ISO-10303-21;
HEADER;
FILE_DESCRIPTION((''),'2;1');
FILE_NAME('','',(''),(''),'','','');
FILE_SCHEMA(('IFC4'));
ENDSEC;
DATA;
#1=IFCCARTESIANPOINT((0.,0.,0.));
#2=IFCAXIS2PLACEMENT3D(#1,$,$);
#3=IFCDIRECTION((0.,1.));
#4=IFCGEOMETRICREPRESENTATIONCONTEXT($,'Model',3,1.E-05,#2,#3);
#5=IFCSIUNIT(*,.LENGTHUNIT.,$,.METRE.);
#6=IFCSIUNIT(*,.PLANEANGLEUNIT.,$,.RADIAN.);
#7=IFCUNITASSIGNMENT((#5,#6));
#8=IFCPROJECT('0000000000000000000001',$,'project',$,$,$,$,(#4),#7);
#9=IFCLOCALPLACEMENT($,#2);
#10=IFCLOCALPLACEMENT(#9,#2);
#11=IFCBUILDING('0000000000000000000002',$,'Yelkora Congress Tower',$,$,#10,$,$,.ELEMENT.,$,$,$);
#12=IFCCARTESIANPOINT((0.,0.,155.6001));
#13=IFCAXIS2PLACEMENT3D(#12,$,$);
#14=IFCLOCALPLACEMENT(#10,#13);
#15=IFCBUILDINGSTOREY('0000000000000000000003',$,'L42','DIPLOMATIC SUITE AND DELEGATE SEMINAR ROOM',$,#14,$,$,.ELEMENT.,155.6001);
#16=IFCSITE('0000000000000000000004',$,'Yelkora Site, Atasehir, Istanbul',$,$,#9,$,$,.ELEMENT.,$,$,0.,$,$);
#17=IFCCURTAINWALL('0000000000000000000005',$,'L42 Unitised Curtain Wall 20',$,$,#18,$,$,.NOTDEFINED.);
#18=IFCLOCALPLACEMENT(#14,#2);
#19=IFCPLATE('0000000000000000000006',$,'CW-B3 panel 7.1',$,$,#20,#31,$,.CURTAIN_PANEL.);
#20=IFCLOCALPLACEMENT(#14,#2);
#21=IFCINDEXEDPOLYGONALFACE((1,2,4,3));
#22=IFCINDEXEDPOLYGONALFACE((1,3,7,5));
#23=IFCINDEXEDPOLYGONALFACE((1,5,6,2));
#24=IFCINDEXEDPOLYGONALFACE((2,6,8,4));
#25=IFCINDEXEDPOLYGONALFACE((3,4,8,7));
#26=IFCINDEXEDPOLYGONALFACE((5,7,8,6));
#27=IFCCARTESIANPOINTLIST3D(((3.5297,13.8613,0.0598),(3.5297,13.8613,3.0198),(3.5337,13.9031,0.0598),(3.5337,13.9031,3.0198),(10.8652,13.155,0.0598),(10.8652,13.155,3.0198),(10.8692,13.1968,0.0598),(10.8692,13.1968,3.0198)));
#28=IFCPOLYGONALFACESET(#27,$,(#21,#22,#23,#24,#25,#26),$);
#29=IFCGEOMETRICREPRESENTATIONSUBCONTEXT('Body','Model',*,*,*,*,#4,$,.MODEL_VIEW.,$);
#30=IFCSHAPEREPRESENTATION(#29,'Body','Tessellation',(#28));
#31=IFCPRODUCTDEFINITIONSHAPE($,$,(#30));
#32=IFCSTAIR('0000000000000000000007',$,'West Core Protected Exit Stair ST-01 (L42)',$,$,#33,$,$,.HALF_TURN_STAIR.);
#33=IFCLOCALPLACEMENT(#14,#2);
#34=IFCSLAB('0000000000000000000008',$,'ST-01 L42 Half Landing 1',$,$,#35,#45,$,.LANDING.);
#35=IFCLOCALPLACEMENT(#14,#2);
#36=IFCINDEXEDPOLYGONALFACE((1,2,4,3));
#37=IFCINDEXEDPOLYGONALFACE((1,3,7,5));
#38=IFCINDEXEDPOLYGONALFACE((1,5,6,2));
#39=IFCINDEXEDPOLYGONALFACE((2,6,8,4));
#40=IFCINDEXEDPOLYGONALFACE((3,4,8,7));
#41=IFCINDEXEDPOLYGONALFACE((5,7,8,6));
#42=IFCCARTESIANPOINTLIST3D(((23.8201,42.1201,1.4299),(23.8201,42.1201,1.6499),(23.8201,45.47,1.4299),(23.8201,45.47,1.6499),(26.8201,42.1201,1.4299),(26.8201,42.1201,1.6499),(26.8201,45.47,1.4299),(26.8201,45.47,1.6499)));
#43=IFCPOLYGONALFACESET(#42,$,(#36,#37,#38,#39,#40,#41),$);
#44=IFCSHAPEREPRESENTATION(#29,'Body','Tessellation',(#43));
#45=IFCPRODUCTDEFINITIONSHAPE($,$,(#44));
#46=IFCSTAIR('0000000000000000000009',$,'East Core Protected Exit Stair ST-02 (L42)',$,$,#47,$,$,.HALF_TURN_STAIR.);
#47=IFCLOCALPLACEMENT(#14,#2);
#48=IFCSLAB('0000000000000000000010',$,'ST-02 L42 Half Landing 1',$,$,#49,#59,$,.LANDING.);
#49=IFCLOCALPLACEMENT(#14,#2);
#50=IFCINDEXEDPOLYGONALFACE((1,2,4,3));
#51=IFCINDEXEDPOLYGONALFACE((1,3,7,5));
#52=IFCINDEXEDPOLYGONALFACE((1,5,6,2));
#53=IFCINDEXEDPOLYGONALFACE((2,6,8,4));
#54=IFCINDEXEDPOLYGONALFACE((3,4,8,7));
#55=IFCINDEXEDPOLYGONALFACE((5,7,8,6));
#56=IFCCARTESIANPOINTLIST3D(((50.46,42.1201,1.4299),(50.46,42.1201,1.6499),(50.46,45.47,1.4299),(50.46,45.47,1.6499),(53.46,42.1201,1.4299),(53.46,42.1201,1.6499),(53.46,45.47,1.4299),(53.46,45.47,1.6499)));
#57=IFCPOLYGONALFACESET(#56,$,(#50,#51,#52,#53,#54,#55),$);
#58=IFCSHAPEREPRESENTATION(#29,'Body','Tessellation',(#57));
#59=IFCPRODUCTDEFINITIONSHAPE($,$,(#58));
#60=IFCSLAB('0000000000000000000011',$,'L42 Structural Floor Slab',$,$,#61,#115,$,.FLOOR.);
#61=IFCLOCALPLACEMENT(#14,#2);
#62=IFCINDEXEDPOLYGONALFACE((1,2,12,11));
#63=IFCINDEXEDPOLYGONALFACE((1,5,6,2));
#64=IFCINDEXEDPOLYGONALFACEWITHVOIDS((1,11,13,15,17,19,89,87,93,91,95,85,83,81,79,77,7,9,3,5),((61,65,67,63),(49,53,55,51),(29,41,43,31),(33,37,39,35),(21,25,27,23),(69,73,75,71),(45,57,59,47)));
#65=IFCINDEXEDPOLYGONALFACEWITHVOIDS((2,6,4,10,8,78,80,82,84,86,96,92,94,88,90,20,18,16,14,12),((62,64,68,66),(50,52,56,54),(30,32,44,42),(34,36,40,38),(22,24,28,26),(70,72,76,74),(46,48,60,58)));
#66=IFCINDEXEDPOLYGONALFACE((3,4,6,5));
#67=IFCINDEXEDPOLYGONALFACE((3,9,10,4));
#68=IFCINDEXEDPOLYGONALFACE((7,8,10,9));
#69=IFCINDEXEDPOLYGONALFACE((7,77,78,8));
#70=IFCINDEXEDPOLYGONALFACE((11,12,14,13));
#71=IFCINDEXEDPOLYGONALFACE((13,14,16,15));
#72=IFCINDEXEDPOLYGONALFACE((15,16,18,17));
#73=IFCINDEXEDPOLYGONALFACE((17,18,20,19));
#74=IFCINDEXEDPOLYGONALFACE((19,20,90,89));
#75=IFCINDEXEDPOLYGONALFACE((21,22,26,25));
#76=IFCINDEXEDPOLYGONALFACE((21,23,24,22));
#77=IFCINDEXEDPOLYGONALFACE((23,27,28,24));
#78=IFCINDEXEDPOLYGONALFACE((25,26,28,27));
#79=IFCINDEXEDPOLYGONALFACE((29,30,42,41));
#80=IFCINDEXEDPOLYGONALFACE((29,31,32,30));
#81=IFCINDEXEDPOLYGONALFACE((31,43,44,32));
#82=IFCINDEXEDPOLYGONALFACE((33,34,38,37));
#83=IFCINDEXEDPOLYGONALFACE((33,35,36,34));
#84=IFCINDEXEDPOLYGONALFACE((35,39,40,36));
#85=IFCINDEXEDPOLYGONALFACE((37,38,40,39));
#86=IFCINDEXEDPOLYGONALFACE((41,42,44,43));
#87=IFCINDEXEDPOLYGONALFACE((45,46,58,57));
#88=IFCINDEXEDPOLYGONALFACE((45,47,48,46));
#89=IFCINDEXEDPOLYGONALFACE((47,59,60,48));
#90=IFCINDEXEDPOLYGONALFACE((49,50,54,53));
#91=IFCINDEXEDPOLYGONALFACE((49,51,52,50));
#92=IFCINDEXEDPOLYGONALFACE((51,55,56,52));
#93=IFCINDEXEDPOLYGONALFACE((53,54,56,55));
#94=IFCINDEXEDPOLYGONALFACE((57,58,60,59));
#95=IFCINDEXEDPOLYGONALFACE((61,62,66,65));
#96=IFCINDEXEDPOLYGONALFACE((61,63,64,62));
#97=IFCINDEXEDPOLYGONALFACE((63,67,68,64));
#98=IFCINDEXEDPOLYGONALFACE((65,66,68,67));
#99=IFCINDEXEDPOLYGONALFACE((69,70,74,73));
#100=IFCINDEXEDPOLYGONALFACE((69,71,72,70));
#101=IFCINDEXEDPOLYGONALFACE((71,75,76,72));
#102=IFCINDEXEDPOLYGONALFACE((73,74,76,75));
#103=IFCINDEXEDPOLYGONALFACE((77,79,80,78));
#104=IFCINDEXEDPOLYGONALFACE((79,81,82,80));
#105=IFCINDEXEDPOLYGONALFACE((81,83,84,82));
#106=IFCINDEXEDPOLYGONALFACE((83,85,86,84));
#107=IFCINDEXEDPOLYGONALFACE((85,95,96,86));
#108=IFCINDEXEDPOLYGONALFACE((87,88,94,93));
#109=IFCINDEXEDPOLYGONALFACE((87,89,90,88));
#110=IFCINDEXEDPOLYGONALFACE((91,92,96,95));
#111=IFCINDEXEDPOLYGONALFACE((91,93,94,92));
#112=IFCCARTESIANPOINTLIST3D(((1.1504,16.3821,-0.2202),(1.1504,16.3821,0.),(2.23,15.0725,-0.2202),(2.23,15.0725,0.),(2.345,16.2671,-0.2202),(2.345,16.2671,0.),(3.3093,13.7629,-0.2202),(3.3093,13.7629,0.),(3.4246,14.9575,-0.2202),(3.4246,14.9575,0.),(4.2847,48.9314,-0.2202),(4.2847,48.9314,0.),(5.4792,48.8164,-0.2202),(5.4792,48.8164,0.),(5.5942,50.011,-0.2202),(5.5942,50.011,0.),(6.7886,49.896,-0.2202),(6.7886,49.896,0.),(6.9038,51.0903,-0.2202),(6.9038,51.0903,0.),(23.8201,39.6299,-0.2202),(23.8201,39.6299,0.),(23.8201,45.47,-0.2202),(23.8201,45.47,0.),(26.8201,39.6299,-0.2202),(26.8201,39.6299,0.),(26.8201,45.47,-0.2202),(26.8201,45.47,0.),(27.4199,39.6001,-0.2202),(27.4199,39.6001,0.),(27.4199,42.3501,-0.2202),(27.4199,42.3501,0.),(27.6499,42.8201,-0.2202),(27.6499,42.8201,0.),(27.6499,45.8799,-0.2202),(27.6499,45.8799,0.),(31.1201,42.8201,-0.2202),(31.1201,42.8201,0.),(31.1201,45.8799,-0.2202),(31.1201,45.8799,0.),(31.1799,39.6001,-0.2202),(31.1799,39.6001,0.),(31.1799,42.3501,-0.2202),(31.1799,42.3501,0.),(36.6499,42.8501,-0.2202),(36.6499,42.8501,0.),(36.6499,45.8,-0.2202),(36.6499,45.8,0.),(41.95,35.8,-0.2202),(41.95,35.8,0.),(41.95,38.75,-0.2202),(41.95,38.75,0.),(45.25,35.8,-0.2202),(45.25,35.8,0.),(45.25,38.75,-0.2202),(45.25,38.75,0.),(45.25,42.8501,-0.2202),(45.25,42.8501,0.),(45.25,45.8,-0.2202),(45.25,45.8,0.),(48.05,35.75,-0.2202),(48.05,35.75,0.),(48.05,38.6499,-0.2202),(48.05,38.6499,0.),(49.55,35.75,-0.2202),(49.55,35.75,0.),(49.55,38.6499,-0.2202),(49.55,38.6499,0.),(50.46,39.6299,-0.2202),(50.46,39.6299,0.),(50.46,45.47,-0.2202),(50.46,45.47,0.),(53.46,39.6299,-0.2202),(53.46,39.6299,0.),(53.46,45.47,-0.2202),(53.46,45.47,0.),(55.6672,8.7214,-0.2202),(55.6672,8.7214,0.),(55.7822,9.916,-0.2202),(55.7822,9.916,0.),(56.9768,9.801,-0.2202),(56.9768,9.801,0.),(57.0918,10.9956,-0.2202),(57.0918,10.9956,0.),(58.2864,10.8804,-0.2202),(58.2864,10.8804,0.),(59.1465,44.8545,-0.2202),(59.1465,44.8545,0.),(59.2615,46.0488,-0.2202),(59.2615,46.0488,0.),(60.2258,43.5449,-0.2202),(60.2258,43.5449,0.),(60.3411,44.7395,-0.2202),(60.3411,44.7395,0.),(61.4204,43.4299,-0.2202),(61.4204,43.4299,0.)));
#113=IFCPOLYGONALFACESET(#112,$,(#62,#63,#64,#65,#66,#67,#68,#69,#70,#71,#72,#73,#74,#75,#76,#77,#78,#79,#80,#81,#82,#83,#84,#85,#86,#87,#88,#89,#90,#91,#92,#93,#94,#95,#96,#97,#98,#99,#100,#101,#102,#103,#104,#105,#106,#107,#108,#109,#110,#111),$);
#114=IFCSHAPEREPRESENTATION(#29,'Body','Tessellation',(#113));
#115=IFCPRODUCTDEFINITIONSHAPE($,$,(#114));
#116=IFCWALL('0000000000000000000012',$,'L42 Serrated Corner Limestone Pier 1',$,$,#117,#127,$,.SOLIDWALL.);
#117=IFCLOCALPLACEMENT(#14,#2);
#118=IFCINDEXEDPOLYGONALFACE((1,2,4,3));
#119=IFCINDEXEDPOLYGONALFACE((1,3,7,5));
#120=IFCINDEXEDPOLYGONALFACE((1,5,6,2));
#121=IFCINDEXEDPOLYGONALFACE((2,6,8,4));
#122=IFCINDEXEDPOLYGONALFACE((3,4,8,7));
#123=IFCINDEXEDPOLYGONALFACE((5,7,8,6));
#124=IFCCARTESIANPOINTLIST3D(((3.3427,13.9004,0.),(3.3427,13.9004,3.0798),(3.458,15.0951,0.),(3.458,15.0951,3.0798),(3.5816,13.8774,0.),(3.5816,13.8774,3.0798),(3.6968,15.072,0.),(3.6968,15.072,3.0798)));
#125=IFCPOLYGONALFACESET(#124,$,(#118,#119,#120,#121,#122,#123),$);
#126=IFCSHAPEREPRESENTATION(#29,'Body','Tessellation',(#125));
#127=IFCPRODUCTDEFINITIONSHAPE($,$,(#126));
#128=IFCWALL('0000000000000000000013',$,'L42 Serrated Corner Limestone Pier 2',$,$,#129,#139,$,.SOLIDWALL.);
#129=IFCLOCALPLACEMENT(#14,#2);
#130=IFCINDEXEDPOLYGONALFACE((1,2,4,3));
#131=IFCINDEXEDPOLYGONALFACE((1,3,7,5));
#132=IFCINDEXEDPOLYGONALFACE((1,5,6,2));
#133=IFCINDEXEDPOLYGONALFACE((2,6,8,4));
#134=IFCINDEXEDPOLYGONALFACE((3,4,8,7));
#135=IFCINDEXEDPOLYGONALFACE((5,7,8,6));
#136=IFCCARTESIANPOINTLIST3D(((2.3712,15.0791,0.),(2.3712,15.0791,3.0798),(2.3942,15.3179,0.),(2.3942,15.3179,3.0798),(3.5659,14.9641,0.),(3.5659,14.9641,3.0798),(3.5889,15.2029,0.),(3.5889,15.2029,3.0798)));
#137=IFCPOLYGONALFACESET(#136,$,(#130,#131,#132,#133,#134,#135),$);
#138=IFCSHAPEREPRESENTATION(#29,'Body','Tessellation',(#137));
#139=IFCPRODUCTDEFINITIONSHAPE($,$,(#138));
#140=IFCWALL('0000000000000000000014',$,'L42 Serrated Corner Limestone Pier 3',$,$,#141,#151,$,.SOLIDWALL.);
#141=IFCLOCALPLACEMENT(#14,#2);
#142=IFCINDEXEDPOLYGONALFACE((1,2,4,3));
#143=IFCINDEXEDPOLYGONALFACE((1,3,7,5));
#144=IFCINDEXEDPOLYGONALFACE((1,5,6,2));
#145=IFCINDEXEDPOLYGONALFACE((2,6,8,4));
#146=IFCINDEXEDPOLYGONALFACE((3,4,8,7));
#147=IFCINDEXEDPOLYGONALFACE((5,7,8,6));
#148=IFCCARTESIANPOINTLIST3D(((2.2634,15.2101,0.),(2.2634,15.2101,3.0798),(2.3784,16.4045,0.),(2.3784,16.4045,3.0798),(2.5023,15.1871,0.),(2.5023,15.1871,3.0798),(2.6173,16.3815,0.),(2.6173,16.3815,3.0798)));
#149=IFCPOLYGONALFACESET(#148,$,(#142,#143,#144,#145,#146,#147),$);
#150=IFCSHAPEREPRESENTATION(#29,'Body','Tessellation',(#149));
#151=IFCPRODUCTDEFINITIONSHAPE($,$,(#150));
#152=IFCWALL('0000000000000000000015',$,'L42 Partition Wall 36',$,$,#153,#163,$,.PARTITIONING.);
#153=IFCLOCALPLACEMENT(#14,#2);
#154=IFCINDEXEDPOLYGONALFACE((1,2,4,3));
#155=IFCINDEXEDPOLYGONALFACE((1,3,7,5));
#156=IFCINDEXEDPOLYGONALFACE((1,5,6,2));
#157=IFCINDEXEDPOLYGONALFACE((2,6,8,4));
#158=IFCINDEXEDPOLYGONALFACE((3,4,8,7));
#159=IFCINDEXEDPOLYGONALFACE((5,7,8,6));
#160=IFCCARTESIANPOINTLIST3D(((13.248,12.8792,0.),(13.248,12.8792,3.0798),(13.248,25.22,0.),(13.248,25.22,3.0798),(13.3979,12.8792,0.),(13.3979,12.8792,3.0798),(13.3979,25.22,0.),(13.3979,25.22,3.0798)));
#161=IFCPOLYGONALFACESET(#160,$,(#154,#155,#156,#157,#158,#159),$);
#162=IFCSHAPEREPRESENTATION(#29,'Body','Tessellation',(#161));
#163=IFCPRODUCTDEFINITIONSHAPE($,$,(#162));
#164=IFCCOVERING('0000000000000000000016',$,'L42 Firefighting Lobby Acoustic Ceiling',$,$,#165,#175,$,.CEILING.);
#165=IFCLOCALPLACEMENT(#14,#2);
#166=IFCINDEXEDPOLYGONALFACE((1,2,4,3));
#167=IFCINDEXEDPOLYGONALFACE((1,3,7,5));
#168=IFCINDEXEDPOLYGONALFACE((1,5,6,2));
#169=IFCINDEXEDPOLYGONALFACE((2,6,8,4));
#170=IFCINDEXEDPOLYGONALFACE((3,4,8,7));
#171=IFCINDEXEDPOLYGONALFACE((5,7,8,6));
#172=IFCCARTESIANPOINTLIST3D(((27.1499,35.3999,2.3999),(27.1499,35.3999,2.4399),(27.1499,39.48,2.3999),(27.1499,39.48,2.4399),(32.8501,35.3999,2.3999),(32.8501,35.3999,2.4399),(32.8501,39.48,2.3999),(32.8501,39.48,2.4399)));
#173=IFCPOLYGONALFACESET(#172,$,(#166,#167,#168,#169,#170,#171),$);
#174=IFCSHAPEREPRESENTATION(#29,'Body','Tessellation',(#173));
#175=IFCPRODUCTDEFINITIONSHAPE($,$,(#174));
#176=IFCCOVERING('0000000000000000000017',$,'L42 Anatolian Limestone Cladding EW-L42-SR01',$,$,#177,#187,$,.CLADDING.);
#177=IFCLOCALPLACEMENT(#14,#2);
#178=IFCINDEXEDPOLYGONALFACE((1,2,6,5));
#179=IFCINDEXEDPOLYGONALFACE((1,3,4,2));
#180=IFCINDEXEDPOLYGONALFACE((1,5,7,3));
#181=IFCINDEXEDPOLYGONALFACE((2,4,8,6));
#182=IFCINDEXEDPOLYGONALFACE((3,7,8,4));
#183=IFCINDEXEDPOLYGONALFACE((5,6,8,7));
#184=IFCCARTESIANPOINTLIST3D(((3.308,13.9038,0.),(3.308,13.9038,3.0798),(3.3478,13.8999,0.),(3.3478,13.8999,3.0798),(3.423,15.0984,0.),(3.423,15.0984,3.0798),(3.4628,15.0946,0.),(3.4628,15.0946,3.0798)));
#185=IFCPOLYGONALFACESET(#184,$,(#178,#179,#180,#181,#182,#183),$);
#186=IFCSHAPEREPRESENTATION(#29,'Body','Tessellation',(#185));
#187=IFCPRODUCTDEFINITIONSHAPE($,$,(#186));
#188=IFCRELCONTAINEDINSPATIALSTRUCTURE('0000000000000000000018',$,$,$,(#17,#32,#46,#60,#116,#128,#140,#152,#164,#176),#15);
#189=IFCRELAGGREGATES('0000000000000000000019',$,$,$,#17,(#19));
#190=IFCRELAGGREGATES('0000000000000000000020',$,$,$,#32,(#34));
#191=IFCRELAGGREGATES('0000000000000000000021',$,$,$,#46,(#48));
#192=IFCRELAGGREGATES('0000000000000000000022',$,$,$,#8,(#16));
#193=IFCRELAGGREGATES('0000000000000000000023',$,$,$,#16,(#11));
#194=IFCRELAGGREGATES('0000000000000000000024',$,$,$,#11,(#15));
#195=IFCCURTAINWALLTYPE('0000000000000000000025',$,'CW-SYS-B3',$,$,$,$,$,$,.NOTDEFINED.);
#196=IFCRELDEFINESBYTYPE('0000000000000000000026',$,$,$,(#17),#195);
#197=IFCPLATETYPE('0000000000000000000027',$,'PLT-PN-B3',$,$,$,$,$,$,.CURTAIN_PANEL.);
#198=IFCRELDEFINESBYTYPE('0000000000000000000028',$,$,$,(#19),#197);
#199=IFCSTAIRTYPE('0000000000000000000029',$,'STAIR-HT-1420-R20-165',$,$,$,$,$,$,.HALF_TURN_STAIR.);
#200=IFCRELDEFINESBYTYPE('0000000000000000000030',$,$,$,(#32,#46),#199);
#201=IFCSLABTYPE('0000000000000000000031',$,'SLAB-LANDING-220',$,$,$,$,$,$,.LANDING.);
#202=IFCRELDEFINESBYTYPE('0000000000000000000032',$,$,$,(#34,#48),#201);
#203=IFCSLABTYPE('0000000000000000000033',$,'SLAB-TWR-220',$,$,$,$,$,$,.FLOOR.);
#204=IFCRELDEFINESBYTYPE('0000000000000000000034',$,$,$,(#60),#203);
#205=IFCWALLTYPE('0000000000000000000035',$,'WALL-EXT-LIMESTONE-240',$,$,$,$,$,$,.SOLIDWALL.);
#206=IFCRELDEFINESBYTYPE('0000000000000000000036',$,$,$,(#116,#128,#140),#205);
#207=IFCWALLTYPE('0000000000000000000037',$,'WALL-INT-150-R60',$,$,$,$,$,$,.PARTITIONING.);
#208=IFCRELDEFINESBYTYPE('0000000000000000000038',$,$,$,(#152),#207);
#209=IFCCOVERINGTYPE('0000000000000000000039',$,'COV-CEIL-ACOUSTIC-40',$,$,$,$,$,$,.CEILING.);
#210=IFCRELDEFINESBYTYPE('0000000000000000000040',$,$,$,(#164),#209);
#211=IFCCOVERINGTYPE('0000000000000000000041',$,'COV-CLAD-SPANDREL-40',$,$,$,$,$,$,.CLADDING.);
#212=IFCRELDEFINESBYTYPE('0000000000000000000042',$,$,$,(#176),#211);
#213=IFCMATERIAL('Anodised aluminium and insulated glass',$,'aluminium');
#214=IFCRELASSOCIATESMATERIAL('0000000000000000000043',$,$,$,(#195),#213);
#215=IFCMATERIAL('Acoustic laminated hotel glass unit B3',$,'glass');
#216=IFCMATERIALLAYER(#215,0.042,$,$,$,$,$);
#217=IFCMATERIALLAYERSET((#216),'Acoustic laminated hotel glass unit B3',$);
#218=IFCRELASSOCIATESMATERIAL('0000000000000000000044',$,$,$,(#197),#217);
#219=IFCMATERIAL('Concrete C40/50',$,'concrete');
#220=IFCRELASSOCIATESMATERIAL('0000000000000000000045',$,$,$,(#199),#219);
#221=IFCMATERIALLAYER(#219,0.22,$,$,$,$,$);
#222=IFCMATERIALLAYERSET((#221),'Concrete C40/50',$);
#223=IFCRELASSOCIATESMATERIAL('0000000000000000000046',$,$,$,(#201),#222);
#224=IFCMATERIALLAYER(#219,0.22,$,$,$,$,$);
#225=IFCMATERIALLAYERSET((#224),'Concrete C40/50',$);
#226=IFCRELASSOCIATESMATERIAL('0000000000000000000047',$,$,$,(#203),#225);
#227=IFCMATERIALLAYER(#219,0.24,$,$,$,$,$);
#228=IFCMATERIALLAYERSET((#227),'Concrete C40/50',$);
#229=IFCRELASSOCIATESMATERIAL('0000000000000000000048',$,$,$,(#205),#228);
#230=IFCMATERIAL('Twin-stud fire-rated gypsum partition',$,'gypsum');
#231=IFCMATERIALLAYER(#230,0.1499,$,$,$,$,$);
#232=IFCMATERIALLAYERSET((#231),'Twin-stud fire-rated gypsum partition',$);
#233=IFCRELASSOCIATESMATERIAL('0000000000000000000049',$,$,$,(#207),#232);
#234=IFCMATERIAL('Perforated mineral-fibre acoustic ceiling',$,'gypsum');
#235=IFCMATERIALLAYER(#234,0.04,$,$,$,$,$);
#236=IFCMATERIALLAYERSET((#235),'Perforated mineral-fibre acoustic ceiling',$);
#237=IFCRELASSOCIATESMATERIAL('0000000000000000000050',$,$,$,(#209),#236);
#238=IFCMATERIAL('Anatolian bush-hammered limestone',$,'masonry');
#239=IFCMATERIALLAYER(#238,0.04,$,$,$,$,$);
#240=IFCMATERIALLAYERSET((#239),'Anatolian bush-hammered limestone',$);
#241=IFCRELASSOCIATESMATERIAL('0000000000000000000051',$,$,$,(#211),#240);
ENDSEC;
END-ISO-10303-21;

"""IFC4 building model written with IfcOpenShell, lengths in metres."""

from ifc_helpers import new_model, si_unit, direction, frame, frame_2d, origin, origin_2d, place, context, subcontext, project, spatial, polyline, rectangle, outline, extrude, material, layer, layer_set, type_object, element, aggregate, save


model = new_model("IFC4")

# Units and contexts
model_context = context("Model", 3, precision=1e-05, world=origin(), true_north=direction((0.0, 1.0)))
body_context = subcontext(model_context, "Body", "Model", "MODEL_VIEW")
ifc_project = project(units=[si_unit("LENGTHUNIT", "METRE"), si_unit("PLANEANGLEUNIT", "RADIAN")], contexts=[model_context])

# Site, building, storey
site_placement = place(None, origin())
site = spatial("IfcSite", under=ifc_project, at=site_placement, Name="Yelkora Site, Atasehir, Istanbul", CompositionType="ELEMENT", RefElevation=0.0)
building_placement = place(site_placement, origin())
building = spatial("IfcBuilding", under=site, at=building_placement, Name="Yelkora Congress Tower", CompositionType="ELEMENT")
storey_placement = place(building_placement, frame((0.0, 0.0, 155.6001)))
storey = spatial("IfcBuildingStorey", under=building, at=storey_placement, Name="L42", Description="DIPLOMATIC SUITE AND DELEGATE SEMINAR ROOM", CompositionType="ELEMENT", Elevation=155.6001)

# Curtain wall, plate
ifc_material_1 = material(Name="Anodised aluminium and insulated glass", Category="aluminium")
curtain_wall_type = type_object("IfcCurtainWallType", Name="CW-SYS-B3", PredefinedType="NOTDEFINED", material=ifc_material_1)
curtain_wall_placement = place(storey_placement, origin())
curtain_wall = element("IfcCurtainWall", 1, at=curtain_wall_placement, inside=storey, type_object=curtain_wall_type, Name="L42 Unitised Curtain Wall 20", PredefinedType="NOTDEFINED")
ifc_material_2 = material(Name="Acoustic laminated hotel glass unit B3", Category="glass")
ifc_layer_1 = layer(ifc_material_2, 0.042)
ifc_layer_set_1 = layer_set([ifc_layer_1], Name="Acoustic laminated hotel glass unit B3")
plate_type = type_object("IfcPlateType", Name="PLT-PN-B3", PredefinedType="CURTAIN_PANEL", material=ifc_layer_set_1)
plate_1_placement = place(storey_placement, frame((7.1995, 13.5291, 0.0598), z_axis=(0.0, 0.0, 1.0), x_axis=(-0.995396, 0.095845, 0.0)))
plate_1 = element("IfcPlate", 2, at=plate_1_placement, type_object=plate_type, Name="CW-B3 panel 7.1", PredefinedType="CURTAIN_PANEL", context=body_context, shape_type="SweptSolid", body=[
    extrude(rectangle(XDim=7.3694, YDim=0.042, at=origin_2d()), origin(), (0.0, 0.0, 1.0), 2.96),
])
aggregate(curtain_wall, [plate_1])

# Stairs, slabs
ifc_material_3 = material(Name="Concrete C40/50", Category="concrete")
stair_type = type_object("IfcStairType", Name="STAIR-HT-1420-R20-165", PredefinedType="HALF_TURN_STAIR", material=ifc_material_3)
stair_1_placement = place(storey_placement, origin())
stair_1 = element("IfcStair", 3, at=stair_1_placement, inside=storey, type_object=stair_type, Name="West Core Protected Exit Stair ST-01 (L42)", PredefinedType="HALF_TURN_STAIR")
ifc_layer_2 = layer(ifc_material_3, 0.22)
ifc_layer_set_2 = layer_set([ifc_layer_2], Name="Concrete C40/50")
slab_type_1 = type_object("IfcSlabType", Name="SLAB-LANDING-220", PredefinedType="LANDING", material=ifc_layer_set_2)
slab_1_placement = place(storey_placement, frame((0.0, 0.0, 1.4299)))
slab_1 = element("IfcSlab", 4, at=slab_1_placement, type_object=slab_type_1, Name="ST-01 L42 Half Landing 1", PredefinedType="LANDING", context=body_context, shape_type="SweptSolid", body=[
    extrude(outline(polyline([(26.8201, 42.1201), (26.8201, 45.47), (23.8201, 45.47), (23.8201, 42.1201), (26.8201, 42.1201)])), origin(), (0.0, 0.0, 1.0), 0.22),
])
aggregate(stair_1, [slab_1])
stair_2_placement = place(storey_placement, origin())
stair_2 = element("IfcStair", 5, at=stair_2_placement, inside=storey, type_object=stair_type, Name="East Core Protected Exit Stair ST-02 (L42)", PredefinedType="HALF_TURN_STAIR")
slab_2_placement = place(storey_placement, frame((0.0, 0.0, 1.4299)))
slab_2 = element("IfcSlab", 6, at=slab_2_placement, type_object=slab_type_1, Name="ST-02 L42 Half Landing 1", PredefinedType="LANDING", context=body_context, shape_type="SweptSolid", body=[
    extrude(outline(polyline([(53.46, 42.1201), (53.46, 45.47), (50.46, 45.47), (50.46, 42.1201), (53.46, 42.1201)])), origin(), (0.0, 0.0, 1.0), 0.22),
])
aggregate(stair_2, [slab_2])

# Slab
ifc_layer_3 = layer(ifc_material_3, 0.22)
ifc_layer_set_3 = layer_set([ifc_layer_3], Name="Concrete C40/50")
slab_type_2 = type_object("IfcSlabType", Name="SLAB-TWR-220", PredefinedType="FLOOR", material=ifc_layer_set_3)
slab_3_placement = place(storey_placement, frame((0.0, 0.0, -0.2202)))
element("IfcSlab", 7, at=slab_3_placement, inside=storey, type_object=slab_type_2, Name="L42 Structural Floor Slab", PredefinedType="FLOOR", context=body_context, shape_type="SweptSolid", body=[
    extrude(outline(polyline([(3.3093, 13.7629), (55.6672, 8.7214), (55.7822, 9.916), (56.9768, 9.801), (57.0918, 10.9956), (58.2864, 10.8804), (61.4204, 43.4299), (60.2258, 43.5449), (60.3411, 44.7395), (59.1465, 44.8545), (59.2615, 46.0488), (6.9038, 51.0903), (6.7886, 49.896), (5.5942, 50.011), (5.4792, 48.8164), (4.2847, 48.9314), (1.1504, 16.3821), (2.345, 16.2671), (2.23, 15.0725), (3.4246, 14.9575), (3.3093, 13.7629)]), holes=[polyline([(23.8201, 39.6299), (26.8201, 39.6299), (26.8201, 45.47), (23.8201, 45.47), (23.8201, 39.6299)]), polyline([(50.46, 39.6299), (53.46, 39.6299), (53.46, 45.47), (50.46, 45.47), (50.46, 39.6299)]), polyline([(48.05, 35.75), (49.55, 35.75), (49.55, 38.6499), (48.05, 38.6499), (48.05, 35.75)]), polyline([(36.6499, 42.8501), (45.25, 42.8501), (45.25, 45.8), (36.6499, 45.8), (36.6499, 42.8501)]), polyline([(41.95, 35.8), (45.25, 35.8), (45.25, 38.75), (41.95, 38.75), (41.95, 35.8)]), polyline([(27.4199, 39.6001), (31.1799, 39.6001), (31.1799, 42.3501), (27.4199, 42.3501), (27.4199, 39.6001)]), polyline([(27.6499, 42.8201), (31.1201, 42.8201), (31.1201, 45.8799), (27.6499, 45.8799), (27.6499, 42.8201)])]), origin(), (0.0, 0.0, 1.0), 0.2202),
])

# Walls
ifc_layer_4 = layer(ifc_material_3, 0.24)
ifc_layer_set_4 = layer_set([ifc_layer_4], Name="Concrete C40/50")
wall_type_1 = type_object("IfcWallType", Name="WALL-EXT-LIMESTONE-240", PredefinedType="SOLIDWALL", material=ifc_layer_set_4)
for number, where, z_axis, x_axis, name in (
    (8, (3.4622, 13.8889, 0.0), (0.0, 0.0, 1.0), (0.096019, 0.99538, 0.0), "L42 Serrated Corner Limestone Pier 1"),
    (9, (3.5774, 15.0835, 0.0), (0.0, 0.0, 1.0), (-0.995399, 0.095817, 0.0), "L42 Serrated Corner Limestone Pier 2"),
):
    element("IfcWall", number, at=place(storey_placement, frame(where, z_axis=z_axis, x_axis=x_axis)), inside=storey, type_object=wall_type_1, Name=name, PredefinedType="SOLIDWALL", context=body_context, shape_type="SweptSolid", body=[
        extrude(rectangle(XDim=1.2002, YDim=0.24, at=frame_2d((0.6001, 0.0))), origin(), (0.0, 0.0, 1.0), 3.0798),
    ])
wall_1_placement = place(storey_placement, frame((2.3828, 15.1985, 0.0), z_axis=(0.0, 0.0, 1.0), x_axis=(0.095836, 0.995397, 0.0)))
element("IfcWall", 10, at=wall_1_placement, inside=storey, type_object=wall_type_1, Name="L42 Serrated Corner Limestone Pier 3", PredefinedType="SOLIDWALL", context=body_context, shape_type="SweptSolid", body=[
    extrude(rectangle(XDim=1.2, YDim=0.24, at=frame_2d((0.6001, 0.0))), origin(), (0.0, 0.0, 1.0), 3.0798),
])
ifc_material_4 = material(Name="Twin-stud fire-rated gypsum partition", Category="gypsum")
ifc_layer_5 = layer(ifc_material_4, 0.1499)
ifc_layer_set_5 = layer_set([ifc_layer_5], Name="Twin-stud fire-rated gypsum partition")
wall_type_2 = type_object("IfcWallType", Name="WALL-INT-150-R60", PredefinedType="PARTITIONING", material=ifc_layer_set_5)
wall_2_placement = place(storey_placement, frame((13.323, 12.8792, 0.0), z_axis=(0.0, 0.0, 1.0), x_axis=(0.0, 1.0, 0.0)))
element("IfcWall", 11, at=wall_2_placement, inside=storey, type_object=wall_type_2, Name="L42 Partition Wall 36", PredefinedType="PARTITIONING", context=body_context, shape_type="SweptSolid", body=[
    extrude(rectangle(XDim=12.3408, YDim=0.1499, at=frame_2d((6.1704, 0.0))), origin(), (0.0, 0.0, 1.0), 3.0798),
])

# Coverings
ifc_material_5 = material(Name="Perforated mineral-fibre acoustic ceiling", Category="gypsum")
ifc_layer_6 = layer(ifc_material_5, 0.04)
ifc_layer_set_6 = layer_set([ifc_layer_6], Name="Perforated mineral-fibre acoustic ceiling")
covering_type_1 = type_object("IfcCoveringType", Name="COV-CEIL-ACOUSTIC-40", PredefinedType="CEILING", material=ifc_layer_set_6)
covering_1_placement = place(storey_placement, frame((0.0, 0.0, 2.3999)))
element("IfcCovering", 12, at=covering_1_placement, inside=storey, type_object=covering_type_1, Name="L42 Firefighting Lobby Acoustic Ceiling", PredefinedType="CEILING", context=body_context, shape_type="SweptSolid", body=[
    extrude(outline(polyline([(27.1499, 35.3999), (32.8501, 35.3999), (32.8501, 39.48), (27.1499, 39.48), (27.1499, 35.3999)])), origin(), (0.0, 0.0, 1.0), 0.04),
])
ifc_material_6 = material(Name="Anatolian bush-hammered limestone", Category="masonry")
ifc_layer_7 = layer(ifc_material_6, 0.04)
ifc_layer_set_7 = layer_set([ifc_layer_7], Name="Anatolian bush-hammered limestone")
covering_type_2 = type_object("IfcCoveringType", Name="COV-CLAD-SPANDREL-40", PredefinedType="CLADDING", material=ifc_layer_set_7)
covering_2_placement = place(storey_placement, frame((3.3279, 13.9019, 0.0), z_axis=(0.0, 0.0, 1.0), x_axis=(0.095817, 0.995399, 0.0)))
element("IfcCovering", 13, at=covering_2_placement, inside=storey, type_object=covering_type_2, Name="L42 Anatolian Limestone Cladding EW-L42-SR01", PredefinedType="CLADDING", context=body_context, shape_type="SweptSolid", body=[
    extrude(rectangle(XDim=1.2002, YDim=0.04, at=frame_2d((0.6001, 0.0))), origin(), (0.0, 0.0, 1.0), 3.0798),
])

save(model, "model.ifc")
